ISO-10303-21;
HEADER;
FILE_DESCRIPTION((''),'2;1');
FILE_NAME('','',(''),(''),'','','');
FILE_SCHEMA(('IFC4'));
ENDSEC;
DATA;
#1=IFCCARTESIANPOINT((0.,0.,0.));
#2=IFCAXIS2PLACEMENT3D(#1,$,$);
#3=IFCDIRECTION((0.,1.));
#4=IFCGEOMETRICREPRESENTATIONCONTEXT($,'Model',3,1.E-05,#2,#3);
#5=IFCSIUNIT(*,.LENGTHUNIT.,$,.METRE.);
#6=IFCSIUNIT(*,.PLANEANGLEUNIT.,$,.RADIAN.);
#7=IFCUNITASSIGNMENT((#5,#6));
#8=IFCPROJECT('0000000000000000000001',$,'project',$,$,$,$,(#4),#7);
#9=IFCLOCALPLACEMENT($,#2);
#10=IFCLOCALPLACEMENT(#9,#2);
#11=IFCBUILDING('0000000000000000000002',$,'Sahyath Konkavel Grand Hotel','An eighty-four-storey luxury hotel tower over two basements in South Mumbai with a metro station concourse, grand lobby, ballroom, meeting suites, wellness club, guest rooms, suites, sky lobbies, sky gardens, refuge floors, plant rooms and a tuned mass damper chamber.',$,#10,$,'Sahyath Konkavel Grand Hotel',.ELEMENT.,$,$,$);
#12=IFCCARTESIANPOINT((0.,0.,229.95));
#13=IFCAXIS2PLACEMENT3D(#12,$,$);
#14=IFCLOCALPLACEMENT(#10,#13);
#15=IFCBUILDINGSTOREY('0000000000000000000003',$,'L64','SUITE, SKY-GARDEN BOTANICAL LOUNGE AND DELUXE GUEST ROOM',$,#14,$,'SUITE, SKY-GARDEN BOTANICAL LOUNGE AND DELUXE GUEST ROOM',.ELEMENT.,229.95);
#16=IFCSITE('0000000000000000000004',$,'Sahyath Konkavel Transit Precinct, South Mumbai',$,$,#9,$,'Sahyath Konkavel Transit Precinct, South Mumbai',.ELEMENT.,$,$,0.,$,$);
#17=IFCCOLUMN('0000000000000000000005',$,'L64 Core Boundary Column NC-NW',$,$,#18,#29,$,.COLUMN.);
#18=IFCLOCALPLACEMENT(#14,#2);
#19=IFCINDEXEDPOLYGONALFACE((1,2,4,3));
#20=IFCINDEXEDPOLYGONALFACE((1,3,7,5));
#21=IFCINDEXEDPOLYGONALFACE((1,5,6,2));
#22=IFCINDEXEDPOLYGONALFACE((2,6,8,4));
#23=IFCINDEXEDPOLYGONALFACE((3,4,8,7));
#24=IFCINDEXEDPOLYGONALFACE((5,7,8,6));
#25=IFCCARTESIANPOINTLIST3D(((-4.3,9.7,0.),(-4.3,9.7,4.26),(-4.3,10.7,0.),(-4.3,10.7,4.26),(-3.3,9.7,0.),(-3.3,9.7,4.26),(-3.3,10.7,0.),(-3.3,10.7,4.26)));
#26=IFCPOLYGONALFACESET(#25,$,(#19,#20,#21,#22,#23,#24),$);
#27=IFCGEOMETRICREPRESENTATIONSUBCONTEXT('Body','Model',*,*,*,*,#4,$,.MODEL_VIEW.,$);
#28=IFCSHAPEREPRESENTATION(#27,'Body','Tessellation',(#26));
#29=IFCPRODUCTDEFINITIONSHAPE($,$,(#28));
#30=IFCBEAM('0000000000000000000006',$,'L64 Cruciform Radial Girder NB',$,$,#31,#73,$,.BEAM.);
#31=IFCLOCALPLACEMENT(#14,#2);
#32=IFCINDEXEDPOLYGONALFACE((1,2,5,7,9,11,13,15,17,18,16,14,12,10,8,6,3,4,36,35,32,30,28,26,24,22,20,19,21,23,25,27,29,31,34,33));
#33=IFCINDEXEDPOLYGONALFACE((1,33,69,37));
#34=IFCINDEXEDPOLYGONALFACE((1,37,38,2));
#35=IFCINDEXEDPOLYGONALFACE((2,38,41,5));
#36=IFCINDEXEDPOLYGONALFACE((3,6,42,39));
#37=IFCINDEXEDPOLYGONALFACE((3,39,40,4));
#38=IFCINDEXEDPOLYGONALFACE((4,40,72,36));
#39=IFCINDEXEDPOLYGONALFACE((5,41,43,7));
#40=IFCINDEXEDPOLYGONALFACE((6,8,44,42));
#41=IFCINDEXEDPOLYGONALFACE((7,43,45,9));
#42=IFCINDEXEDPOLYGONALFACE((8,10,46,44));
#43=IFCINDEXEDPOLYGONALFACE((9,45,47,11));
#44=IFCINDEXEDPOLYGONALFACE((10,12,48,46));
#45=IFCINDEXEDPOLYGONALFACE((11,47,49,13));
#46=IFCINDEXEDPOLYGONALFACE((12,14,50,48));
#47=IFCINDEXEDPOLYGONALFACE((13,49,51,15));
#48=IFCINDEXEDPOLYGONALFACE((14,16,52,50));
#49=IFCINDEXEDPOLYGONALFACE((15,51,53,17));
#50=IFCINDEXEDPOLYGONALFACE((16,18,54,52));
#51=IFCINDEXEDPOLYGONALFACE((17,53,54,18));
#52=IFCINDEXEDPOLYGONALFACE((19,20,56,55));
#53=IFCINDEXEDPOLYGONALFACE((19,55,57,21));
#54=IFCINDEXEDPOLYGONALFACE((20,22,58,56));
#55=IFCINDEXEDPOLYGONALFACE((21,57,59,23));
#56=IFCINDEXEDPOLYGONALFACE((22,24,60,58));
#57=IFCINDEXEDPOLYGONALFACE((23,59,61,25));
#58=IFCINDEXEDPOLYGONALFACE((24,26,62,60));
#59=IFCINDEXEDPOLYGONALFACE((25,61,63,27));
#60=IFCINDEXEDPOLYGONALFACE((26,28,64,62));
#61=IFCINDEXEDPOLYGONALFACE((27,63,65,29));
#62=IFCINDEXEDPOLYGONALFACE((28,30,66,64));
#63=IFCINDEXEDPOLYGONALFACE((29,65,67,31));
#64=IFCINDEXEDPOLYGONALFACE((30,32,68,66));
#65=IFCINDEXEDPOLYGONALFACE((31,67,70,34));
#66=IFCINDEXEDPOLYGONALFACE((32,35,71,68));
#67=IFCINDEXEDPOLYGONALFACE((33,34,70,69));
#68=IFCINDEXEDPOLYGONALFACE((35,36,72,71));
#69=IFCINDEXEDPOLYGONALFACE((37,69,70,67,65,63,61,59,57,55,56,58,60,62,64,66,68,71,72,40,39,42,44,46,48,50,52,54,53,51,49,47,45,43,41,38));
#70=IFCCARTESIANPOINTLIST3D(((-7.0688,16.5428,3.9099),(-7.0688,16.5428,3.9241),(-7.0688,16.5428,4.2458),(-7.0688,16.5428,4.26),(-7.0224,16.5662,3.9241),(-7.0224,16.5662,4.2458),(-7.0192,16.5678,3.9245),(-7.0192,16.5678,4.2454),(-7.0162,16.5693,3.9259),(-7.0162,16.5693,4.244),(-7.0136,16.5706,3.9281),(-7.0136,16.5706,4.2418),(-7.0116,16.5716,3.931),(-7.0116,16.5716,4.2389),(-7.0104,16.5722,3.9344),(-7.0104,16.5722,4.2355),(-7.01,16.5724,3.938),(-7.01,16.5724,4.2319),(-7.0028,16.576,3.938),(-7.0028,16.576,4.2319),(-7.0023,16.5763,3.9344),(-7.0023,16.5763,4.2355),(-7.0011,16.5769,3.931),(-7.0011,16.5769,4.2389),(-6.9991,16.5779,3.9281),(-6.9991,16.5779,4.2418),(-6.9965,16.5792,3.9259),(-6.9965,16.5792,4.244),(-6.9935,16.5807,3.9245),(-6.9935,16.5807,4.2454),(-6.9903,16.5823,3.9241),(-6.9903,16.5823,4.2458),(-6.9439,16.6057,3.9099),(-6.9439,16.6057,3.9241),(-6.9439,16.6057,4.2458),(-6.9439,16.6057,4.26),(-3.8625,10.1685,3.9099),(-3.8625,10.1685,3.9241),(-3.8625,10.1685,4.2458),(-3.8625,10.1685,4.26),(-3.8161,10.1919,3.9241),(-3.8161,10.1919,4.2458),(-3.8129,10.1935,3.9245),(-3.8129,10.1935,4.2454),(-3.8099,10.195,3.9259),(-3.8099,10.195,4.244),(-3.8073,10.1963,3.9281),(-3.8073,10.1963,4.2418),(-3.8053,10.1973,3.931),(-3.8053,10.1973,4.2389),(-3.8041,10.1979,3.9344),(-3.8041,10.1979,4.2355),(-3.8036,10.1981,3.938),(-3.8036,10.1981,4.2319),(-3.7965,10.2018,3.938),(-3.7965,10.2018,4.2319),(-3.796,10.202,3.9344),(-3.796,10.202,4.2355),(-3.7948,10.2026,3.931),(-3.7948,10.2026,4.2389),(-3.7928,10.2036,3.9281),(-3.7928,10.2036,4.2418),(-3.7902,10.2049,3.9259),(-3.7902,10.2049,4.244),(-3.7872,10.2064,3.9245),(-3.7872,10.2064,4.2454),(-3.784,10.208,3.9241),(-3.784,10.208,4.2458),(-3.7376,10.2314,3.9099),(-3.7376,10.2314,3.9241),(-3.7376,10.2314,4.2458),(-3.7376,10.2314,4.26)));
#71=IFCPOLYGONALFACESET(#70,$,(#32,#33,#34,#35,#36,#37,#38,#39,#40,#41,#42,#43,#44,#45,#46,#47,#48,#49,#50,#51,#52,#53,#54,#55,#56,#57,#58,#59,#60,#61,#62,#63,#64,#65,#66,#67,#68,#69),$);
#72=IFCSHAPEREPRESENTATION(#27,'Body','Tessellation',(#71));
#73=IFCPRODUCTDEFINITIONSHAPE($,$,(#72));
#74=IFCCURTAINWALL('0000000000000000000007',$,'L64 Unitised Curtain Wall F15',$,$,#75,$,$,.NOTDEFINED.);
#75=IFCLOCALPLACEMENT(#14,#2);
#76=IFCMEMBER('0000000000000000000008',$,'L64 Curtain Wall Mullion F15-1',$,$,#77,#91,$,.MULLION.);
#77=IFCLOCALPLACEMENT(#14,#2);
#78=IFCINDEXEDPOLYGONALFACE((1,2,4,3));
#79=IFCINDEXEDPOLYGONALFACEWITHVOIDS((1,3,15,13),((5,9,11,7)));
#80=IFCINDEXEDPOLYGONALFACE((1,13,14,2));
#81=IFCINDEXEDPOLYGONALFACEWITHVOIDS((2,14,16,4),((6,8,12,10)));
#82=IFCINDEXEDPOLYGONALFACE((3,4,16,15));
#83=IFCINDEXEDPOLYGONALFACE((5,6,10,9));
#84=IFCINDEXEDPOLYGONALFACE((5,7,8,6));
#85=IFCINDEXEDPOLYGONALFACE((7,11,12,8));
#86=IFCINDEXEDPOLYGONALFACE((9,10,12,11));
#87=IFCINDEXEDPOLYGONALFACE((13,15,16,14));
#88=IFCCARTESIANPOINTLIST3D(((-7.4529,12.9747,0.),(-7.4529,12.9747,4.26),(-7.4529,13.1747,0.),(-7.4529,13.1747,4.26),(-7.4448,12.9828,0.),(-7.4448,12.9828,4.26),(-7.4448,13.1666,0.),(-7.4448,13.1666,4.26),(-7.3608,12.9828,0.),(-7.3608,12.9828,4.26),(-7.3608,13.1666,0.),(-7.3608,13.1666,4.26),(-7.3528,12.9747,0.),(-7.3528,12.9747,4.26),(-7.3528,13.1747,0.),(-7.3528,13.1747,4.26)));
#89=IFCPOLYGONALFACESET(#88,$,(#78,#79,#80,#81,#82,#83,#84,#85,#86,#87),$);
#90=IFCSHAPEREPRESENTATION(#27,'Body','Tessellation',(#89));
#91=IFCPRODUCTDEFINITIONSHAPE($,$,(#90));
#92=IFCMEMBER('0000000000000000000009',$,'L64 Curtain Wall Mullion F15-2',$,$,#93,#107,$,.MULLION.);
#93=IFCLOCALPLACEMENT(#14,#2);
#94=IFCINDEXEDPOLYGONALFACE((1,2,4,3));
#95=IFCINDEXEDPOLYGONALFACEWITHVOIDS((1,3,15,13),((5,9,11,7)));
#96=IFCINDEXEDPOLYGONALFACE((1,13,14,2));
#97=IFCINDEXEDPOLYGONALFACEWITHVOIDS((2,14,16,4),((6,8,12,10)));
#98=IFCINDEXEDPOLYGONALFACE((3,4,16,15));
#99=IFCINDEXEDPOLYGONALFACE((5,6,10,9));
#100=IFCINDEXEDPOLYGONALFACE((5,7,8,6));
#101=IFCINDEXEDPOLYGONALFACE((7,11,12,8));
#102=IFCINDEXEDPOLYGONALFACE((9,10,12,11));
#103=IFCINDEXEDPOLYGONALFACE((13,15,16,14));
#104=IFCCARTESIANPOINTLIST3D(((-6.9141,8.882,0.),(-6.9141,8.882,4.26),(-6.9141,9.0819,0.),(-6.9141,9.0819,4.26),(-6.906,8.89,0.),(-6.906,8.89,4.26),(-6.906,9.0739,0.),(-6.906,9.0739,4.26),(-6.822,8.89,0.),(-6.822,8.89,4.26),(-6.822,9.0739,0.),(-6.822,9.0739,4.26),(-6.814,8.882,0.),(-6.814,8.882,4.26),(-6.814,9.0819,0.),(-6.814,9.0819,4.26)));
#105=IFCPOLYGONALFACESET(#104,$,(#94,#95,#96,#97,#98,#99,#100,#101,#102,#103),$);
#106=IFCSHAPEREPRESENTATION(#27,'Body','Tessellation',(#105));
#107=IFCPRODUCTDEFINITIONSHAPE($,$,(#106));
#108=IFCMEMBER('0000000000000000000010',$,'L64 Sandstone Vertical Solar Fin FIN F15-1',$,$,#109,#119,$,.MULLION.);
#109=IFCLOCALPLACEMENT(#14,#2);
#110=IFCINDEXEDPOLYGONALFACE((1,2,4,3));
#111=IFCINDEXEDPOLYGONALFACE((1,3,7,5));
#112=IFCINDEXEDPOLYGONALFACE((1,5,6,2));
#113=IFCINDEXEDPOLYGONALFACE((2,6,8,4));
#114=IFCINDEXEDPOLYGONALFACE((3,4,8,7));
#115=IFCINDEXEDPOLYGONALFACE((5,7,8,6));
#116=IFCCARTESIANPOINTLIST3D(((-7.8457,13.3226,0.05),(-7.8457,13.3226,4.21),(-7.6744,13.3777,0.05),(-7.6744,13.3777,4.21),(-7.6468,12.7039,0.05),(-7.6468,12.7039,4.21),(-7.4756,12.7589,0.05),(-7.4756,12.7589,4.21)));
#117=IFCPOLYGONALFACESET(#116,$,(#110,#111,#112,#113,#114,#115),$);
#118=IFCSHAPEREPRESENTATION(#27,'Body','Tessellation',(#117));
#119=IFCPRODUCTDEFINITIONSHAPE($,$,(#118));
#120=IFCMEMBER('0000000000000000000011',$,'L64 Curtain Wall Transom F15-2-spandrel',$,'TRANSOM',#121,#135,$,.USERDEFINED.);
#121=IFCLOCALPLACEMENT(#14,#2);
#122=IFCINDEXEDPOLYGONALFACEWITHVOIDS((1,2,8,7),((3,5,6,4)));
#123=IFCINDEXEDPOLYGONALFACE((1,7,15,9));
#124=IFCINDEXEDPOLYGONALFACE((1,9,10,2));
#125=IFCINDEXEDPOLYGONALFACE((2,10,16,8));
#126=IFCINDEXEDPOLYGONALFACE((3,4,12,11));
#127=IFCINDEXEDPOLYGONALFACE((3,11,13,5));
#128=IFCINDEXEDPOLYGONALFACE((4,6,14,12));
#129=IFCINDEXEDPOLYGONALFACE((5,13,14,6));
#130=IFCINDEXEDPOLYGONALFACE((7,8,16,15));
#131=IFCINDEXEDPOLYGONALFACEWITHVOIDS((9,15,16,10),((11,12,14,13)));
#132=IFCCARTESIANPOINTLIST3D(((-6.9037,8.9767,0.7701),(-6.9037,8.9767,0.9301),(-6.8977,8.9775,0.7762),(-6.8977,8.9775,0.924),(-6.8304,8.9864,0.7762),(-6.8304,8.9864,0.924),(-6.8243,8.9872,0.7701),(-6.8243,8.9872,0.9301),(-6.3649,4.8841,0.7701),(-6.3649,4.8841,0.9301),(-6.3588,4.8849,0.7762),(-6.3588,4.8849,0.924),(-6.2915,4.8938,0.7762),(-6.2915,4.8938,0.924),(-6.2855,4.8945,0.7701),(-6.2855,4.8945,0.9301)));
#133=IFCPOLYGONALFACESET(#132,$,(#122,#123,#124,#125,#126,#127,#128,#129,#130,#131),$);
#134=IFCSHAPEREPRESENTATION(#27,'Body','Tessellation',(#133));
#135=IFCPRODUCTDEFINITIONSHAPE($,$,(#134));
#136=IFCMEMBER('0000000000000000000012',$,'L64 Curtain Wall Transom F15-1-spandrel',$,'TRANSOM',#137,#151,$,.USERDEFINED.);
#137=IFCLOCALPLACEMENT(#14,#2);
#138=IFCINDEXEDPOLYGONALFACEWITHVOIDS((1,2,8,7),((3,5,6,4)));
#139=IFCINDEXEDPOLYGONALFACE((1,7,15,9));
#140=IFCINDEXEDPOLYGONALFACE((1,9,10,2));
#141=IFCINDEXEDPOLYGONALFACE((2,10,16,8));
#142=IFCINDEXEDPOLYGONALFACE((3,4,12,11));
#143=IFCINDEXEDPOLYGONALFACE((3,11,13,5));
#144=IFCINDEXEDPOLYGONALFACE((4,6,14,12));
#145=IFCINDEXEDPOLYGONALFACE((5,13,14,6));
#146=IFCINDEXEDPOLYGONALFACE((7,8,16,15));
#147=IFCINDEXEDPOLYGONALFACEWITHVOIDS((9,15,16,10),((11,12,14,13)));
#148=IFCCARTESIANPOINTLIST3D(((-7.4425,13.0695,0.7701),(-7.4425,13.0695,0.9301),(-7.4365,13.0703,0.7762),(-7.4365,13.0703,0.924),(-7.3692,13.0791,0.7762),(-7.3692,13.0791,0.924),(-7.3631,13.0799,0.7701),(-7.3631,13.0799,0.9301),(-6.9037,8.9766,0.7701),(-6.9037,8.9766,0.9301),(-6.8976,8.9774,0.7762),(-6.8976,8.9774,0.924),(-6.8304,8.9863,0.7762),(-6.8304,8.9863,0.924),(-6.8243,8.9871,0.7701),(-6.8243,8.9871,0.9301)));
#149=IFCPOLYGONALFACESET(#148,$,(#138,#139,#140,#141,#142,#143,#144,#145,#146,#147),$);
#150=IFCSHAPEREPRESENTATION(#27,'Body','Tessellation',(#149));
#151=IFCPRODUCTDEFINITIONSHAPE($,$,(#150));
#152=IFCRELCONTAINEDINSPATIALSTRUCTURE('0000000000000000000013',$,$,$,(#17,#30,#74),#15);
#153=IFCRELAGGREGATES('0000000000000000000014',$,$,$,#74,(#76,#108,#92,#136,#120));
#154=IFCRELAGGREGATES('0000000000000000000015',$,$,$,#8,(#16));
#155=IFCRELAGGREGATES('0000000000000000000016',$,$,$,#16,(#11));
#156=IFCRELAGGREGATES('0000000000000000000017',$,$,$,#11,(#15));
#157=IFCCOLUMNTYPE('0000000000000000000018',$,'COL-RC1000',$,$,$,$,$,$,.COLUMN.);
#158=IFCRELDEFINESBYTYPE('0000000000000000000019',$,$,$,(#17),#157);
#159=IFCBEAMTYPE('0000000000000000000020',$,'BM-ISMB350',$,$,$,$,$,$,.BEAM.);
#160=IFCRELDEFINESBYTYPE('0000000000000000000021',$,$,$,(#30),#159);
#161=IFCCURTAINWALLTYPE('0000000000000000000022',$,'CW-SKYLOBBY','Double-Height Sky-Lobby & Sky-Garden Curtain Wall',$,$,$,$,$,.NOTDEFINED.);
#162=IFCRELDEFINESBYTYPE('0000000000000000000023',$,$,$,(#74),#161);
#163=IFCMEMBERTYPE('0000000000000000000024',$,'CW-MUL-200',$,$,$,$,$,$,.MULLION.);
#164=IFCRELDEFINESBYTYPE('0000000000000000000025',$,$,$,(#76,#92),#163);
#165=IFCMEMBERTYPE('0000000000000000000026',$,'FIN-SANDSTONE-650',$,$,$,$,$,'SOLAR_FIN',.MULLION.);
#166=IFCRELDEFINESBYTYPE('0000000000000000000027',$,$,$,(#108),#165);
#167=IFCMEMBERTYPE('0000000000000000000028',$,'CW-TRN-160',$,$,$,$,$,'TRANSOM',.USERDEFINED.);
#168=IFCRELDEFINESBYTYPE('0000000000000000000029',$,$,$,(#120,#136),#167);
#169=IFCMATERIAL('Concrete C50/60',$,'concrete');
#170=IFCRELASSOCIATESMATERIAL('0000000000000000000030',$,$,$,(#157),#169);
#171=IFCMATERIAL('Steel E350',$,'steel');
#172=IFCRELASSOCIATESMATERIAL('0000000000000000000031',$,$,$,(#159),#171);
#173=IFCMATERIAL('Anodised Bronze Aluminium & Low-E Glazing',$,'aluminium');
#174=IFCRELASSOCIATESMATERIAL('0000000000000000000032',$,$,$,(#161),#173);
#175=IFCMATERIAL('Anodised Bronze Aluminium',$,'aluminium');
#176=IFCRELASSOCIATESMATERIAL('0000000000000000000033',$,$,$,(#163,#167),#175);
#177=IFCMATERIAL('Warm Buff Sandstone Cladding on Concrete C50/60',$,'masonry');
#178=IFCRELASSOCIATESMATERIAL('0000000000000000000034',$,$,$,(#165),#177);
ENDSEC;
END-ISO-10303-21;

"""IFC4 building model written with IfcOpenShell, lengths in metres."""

from ifc_helpers import new_model, si_unit, direction, frame, origin, origin_2d, place, context, subcontext, project, spatial, rectangle, hollow_rectangle, i_section, extrude, source, transform, mapped, material, material_profile, profile_set, type_object, element, aggregate, save


model = new_model("IFC4")

# Units and contexts
model_context = context("Model", 3, precision=1e-05, world=origin(), true_north=direction((0.0, 1.0)))
body_context = subcontext(model_context, "Body", "Model", "MODEL_VIEW")
ifc_project = project(units=[si_unit("LENGTHUNIT", "METRE"), si_unit("PLANEANGLEUNIT", "RADIAN")], contexts=[model_context])

# Site, building, storey
site_placement = place(None, origin())
site = spatial("IfcSite", under=ifc_project, at=site_placement, Name="Sahyath Konkavel Transit Precinct, South Mumbai", LongName="Sahyath Konkavel Transit Precinct, South Mumbai", CompositionType="ELEMENT", RefElevation=0.0)
building_placement = place(site_placement, origin())
building = spatial("IfcBuilding", under=site, at=building_placement, Name="Sahyath Konkavel Grand Hotel", Description="An eighty-four-storey luxury hotel tower over two basements in South Mumbai with a metro station concourse, grand lobby, ballroom, meeting suites, wellness club, guest rooms, suites, sky lobbies, sky gardens, refuge floors, plant rooms and a tuned mass damper chamber.", LongName="Sahyath Konkavel Grand Hotel", CompositionType="ELEMENT")
storey_placement = place(building_placement, frame((0.0, 0.0, 229.95)))
storey = spatial("IfcBuildingStorey", under=building, at=storey_placement, Name="L64", Description="SUITE, SKY-GARDEN BOTANICAL LOUNGE AND DELUXE GUEST ROOM", LongName="SUITE, SKY-GARDEN BOTANICAL LOUNGE AND DELUXE GUEST ROOM", CompositionType="ELEMENT", Elevation=229.95)

# Column
ifc_material_1 = material(Name="Concrete C50/60", Category="concrete")
ifc_material_profile_1 = material_profile(ifc_material_1, rectangle(XDim=1.0, YDim=1.0, at=origin_2d()), Name="RC 1000x1000")
ifc_profile_set_1 = profile_set([ifc_material_profile_1], Name="Concrete C50/60")
column_type = type_object("IfcColumnType", Name="COL-RC1000", PredefinedType="COLUMN", material=ifc_profile_set_1)
shared_shape_1 = source(origin(), body_context, "Body", "SweptSolid", [
    extrude(rectangle(XDim=1.0, YDim=1.0, at=origin_2d()), origin(), (0.0, 0.0, 1.0), 4.26),
])
column_placement = place(storey_placement, frame((-3.8, 10.2, 0.0), z_axis=(0.0, 0.0, 1.0), x_axis=(1.0, 0.0, 0.0)))
element("IfcColumn", 1, at=column_placement, inside=storey, type_object=column_type, Name="L64 Core Boundary Column NC-NW", PredefinedType="COLUMN", context=body_context, shape_type="MappedRepresentation", body=[
    mapped(shared_shape_1, transform((0.0, 0.0, 0.0), scale=1.0)),
])

# Beam
ifc_material_2 = material(Name="Steel E350", Category="steel")
ifc_material_profile_2 = material_profile(ifc_material_2, i_section(OverallWidth=0.1399, OverallDepth=0.3501, WebThickness=0.0081, FlangeThickness=0.0142, FilletRadius=0.0139, at=origin_2d()), Name="ISMB 350")
ifc_profile_set_2 = profile_set([ifc_material_profile_2], Name="Steel E350")
beam_type_1 = type_object("IfcBeamType", Name="BM-ISMB350", PredefinedType="BEAM", material=ifc_profile_set_2)
shared_shape_2 = source(origin(), body_context, "Body", "SweptSolid", [
    extrude(i_section(OverallWidth=0.1399, OverallDepth=0.3501, WebThickness=0.0081, FlangeThickness=0.0142, FilletRadius=0.0139, at=origin_2d()), origin(), (0.0, 0.0, 1.0), 7.1353),
])
beam_1_placement = place(storey_placement, frame((-3.8, 10.2, 4.085), z_axis=(-0.449361, 0.89335, 0.0), x_axis=(-0.89335, -0.449361, 0.0)))
element("IfcBeam", 2, at=beam_1_placement, inside=storey, type_object=beam_type_1, Name="L64 Cruciform Radial Girder NB", PredefinedType="BEAM", context=body_context, shape_type="MappedRepresentation", body=[
    mapped(shared_shape_2, transform((0.0, 0.0, 0.0), scale=1.0)),
])

# Curtain wall, members
ifc_material_3 = material(Name="Anodised Bronze Aluminium & Low-E Glazing", Category="aluminium")
curtain_wall_type = type_object("IfcCurtainWallType", Name="CW-SKYLOBBY", Description="Double-Height Sky-Lobby & Sky-Garden Curtain Wall", PredefinedType="NOTDEFINED", material=ifc_material_3)
curtain_wall_placement = place(storey_placement, origin())
curtain_wall = element("IfcCurtainWall", 3, at=curtain_wall_placement, inside=storey, type_object=curtain_wall_type, Name="L64 Unitised Curtain Wall F15", PredefinedType="NOTDEFINED")
ifc_material_4 = material(Name="Anodised Bronze Aluminium", Category="aluminium")
ifc_material_profile_3 = material_profile(ifc_material_4, hollow_rectangle(XDim=0.1001, YDim=0.2, WallThickness=0.0081, at=origin_2d()), Name="RHS 200x100x8")
ifc_profile_set_3 = profile_set([ifc_material_profile_3], Name="Anodised Bronze Aluminium")
member_type_1 = type_object("IfcMemberType", Name="CW-MUL-200", PredefinedType="MULLION", material=ifc_profile_set_3)
shared_shape_3 = source(origin(), body_context, "Body", "SweptSolid", [
    extrude(hollow_rectangle(XDim=0.1001, YDim=0.2, WallThickness=0.0081, at=origin_2d()), origin(), (0.0, 0.0, 1.0), 4.26),
])
member_1_placement = place(storey_placement, frame((-7.4028, 13.0747, 0.0), z_axis=(0.0, 0.0, 1.0), x_axis=(1.0, 0.0, 0.0)))
member_1 = element("IfcMember", 4, at=member_1_placement, type_object=member_type_1, Name="L64 Curtain Wall Mullion F15-1", PredefinedType="MULLION", context=body_context, shape_type="MappedRepresentation", body=[
    mapped(shared_shape_3, transform((0.0, 0.0, 0.0), scale=1.0)),
])
member_2_placement = place(storey_placement, frame((-6.864, 8.9819, 0.0), z_axis=(0.0, 0.0, 1.0), x_axis=(1.0, 0.0, 0.0)))
member_2 = element("IfcMember", 5, at=member_2_placement, type_object=member_type_1, Name="L64 Curtain Wall Mullion F15-2", PredefinedType="MULLION", context=body_context, shape_type="MappedRepresentation", body=[
    mapped(shared_shape_3, transform((0.0, 0.0, 0.0), scale=1.0)),
])
ifc_material_5 = material(Name="Warm Buff Sandstone Cladding on Concrete C50/60", Category="masonry")
ifc_material_profile_4 = material_profile(ifc_material_5, rectangle(XDim=0.1799, YDim=0.6499, at=origin_2d()), Name="FIN 180x650")
ifc_profile_set_4 = profile_set([ifc_material_profile_4], Name="Warm Buff Sandstone Cladding on Concrete C50/60")
member_type_2 = type_object("IfcMemberType", Name="FIN-SANDSTONE-650", ElementType="SOLAR_FIN", PredefinedType="MULLION", material=ifc_profile_set_4)
shared_shape_4 = source(origin(), body_context, "Body", "SweptSolid", [
    extrude(rectangle(XDim=0.1799, YDim=0.6499, at=origin_2d()), origin(), (0.0, 0.0, 1.0), 4.1599),
])
member_3_placement = place(storey_placement, frame((-7.6606, 13.0408, 0.05), z_axis=(0.0, 0.0, 1.0), x_axis=(0.952023, 0.306028, 0.0)))
member_3 = element("IfcMember", 6, at=member_3_placement, type_object=member_type_2, Name="L64 Sandstone Vertical Solar Fin FIN F15-1", PredefinedType="MULLION", context=body_context, shape_type="MappedRepresentation", body=[
    mapped(shared_shape_4, transform((0.0, 0.0, 0.0), scale=1.0)),
])
ifc_material_profile_5 = material_profile(ifc_material_4, hollow_rectangle(XDim=0.0801, YDim=0.1599, WallThickness=0.0061, at=origin_2d()), Name="RHS 160x80x6")
ifc_profile_set_5 = profile_set([ifc_material_profile_5], Name="Anodised Bronze Aluminium")
member_type_3 = type_object("IfcMemberType", Name="CW-TRN-160", ElementType="TRANSOM", PredefinedType="USERDEFINED", material=ifc_profile_set_5)
shared_shape_5 = source(origin(), body_context, "Body", "SweptSolid", [
    extrude(hollow_rectangle(XDim=0.0801, YDim=0.1599, WallThickness=0.0061, at=origin_2d()), origin(), (0.0, 0.0, 1.0), 4.1279),
])
member_4_placement = place(storey_placement, frame((-6.864, 8.9819, 0.8501), z_axis=(0.130533, -0.991444, 0.0), x_axis=(0.991444, 0.130533, 0.0)))
member_4 = element("IfcMember", 7, at=member_4_placement, type_object=member_type_3, Name="L64 Curtain Wall Transom F15-2-spandrel", ObjectType="TRANSOM", PredefinedType="USERDEFINED", context=body_context, shape_type="MappedRepresentation", body=[
    mapped(shared_shape_5, transform((0.0, 0.0, 0.0), scale=1.0)),
])
shared_shape_6 = source(origin(), body_context, "Body", "SweptSolid", [
    extrude(hollow_rectangle(XDim=0.0801, YDim=0.1599, WallThickness=0.0061, at=origin_2d()), origin(), (0.0, 0.0, 1.0), 4.1282),
])
member_5_placement = place(storey_placement, frame((-7.4028, 13.0747, 0.8501), z_axis=(0.130525, -0.991445, 0.0), x_axis=(0.991445, 0.130525, 0.0)))
member_5 = element("IfcMember", 8, at=member_5_placement, type_object=member_type_3, Name="L64 Curtain Wall Transom F15-1-spandrel", ObjectType="TRANSOM", PredefinedType="USERDEFINED", context=body_context, shape_type="MappedRepresentation", body=[
    mapped(shared_shape_6, transform((0.0, 0.0, 0.0), scale=1.0)),
])

aggregate(curtain_wall, [member_1, member_3, member_2, member_5, member_4])

save(model, "model.ifc")
